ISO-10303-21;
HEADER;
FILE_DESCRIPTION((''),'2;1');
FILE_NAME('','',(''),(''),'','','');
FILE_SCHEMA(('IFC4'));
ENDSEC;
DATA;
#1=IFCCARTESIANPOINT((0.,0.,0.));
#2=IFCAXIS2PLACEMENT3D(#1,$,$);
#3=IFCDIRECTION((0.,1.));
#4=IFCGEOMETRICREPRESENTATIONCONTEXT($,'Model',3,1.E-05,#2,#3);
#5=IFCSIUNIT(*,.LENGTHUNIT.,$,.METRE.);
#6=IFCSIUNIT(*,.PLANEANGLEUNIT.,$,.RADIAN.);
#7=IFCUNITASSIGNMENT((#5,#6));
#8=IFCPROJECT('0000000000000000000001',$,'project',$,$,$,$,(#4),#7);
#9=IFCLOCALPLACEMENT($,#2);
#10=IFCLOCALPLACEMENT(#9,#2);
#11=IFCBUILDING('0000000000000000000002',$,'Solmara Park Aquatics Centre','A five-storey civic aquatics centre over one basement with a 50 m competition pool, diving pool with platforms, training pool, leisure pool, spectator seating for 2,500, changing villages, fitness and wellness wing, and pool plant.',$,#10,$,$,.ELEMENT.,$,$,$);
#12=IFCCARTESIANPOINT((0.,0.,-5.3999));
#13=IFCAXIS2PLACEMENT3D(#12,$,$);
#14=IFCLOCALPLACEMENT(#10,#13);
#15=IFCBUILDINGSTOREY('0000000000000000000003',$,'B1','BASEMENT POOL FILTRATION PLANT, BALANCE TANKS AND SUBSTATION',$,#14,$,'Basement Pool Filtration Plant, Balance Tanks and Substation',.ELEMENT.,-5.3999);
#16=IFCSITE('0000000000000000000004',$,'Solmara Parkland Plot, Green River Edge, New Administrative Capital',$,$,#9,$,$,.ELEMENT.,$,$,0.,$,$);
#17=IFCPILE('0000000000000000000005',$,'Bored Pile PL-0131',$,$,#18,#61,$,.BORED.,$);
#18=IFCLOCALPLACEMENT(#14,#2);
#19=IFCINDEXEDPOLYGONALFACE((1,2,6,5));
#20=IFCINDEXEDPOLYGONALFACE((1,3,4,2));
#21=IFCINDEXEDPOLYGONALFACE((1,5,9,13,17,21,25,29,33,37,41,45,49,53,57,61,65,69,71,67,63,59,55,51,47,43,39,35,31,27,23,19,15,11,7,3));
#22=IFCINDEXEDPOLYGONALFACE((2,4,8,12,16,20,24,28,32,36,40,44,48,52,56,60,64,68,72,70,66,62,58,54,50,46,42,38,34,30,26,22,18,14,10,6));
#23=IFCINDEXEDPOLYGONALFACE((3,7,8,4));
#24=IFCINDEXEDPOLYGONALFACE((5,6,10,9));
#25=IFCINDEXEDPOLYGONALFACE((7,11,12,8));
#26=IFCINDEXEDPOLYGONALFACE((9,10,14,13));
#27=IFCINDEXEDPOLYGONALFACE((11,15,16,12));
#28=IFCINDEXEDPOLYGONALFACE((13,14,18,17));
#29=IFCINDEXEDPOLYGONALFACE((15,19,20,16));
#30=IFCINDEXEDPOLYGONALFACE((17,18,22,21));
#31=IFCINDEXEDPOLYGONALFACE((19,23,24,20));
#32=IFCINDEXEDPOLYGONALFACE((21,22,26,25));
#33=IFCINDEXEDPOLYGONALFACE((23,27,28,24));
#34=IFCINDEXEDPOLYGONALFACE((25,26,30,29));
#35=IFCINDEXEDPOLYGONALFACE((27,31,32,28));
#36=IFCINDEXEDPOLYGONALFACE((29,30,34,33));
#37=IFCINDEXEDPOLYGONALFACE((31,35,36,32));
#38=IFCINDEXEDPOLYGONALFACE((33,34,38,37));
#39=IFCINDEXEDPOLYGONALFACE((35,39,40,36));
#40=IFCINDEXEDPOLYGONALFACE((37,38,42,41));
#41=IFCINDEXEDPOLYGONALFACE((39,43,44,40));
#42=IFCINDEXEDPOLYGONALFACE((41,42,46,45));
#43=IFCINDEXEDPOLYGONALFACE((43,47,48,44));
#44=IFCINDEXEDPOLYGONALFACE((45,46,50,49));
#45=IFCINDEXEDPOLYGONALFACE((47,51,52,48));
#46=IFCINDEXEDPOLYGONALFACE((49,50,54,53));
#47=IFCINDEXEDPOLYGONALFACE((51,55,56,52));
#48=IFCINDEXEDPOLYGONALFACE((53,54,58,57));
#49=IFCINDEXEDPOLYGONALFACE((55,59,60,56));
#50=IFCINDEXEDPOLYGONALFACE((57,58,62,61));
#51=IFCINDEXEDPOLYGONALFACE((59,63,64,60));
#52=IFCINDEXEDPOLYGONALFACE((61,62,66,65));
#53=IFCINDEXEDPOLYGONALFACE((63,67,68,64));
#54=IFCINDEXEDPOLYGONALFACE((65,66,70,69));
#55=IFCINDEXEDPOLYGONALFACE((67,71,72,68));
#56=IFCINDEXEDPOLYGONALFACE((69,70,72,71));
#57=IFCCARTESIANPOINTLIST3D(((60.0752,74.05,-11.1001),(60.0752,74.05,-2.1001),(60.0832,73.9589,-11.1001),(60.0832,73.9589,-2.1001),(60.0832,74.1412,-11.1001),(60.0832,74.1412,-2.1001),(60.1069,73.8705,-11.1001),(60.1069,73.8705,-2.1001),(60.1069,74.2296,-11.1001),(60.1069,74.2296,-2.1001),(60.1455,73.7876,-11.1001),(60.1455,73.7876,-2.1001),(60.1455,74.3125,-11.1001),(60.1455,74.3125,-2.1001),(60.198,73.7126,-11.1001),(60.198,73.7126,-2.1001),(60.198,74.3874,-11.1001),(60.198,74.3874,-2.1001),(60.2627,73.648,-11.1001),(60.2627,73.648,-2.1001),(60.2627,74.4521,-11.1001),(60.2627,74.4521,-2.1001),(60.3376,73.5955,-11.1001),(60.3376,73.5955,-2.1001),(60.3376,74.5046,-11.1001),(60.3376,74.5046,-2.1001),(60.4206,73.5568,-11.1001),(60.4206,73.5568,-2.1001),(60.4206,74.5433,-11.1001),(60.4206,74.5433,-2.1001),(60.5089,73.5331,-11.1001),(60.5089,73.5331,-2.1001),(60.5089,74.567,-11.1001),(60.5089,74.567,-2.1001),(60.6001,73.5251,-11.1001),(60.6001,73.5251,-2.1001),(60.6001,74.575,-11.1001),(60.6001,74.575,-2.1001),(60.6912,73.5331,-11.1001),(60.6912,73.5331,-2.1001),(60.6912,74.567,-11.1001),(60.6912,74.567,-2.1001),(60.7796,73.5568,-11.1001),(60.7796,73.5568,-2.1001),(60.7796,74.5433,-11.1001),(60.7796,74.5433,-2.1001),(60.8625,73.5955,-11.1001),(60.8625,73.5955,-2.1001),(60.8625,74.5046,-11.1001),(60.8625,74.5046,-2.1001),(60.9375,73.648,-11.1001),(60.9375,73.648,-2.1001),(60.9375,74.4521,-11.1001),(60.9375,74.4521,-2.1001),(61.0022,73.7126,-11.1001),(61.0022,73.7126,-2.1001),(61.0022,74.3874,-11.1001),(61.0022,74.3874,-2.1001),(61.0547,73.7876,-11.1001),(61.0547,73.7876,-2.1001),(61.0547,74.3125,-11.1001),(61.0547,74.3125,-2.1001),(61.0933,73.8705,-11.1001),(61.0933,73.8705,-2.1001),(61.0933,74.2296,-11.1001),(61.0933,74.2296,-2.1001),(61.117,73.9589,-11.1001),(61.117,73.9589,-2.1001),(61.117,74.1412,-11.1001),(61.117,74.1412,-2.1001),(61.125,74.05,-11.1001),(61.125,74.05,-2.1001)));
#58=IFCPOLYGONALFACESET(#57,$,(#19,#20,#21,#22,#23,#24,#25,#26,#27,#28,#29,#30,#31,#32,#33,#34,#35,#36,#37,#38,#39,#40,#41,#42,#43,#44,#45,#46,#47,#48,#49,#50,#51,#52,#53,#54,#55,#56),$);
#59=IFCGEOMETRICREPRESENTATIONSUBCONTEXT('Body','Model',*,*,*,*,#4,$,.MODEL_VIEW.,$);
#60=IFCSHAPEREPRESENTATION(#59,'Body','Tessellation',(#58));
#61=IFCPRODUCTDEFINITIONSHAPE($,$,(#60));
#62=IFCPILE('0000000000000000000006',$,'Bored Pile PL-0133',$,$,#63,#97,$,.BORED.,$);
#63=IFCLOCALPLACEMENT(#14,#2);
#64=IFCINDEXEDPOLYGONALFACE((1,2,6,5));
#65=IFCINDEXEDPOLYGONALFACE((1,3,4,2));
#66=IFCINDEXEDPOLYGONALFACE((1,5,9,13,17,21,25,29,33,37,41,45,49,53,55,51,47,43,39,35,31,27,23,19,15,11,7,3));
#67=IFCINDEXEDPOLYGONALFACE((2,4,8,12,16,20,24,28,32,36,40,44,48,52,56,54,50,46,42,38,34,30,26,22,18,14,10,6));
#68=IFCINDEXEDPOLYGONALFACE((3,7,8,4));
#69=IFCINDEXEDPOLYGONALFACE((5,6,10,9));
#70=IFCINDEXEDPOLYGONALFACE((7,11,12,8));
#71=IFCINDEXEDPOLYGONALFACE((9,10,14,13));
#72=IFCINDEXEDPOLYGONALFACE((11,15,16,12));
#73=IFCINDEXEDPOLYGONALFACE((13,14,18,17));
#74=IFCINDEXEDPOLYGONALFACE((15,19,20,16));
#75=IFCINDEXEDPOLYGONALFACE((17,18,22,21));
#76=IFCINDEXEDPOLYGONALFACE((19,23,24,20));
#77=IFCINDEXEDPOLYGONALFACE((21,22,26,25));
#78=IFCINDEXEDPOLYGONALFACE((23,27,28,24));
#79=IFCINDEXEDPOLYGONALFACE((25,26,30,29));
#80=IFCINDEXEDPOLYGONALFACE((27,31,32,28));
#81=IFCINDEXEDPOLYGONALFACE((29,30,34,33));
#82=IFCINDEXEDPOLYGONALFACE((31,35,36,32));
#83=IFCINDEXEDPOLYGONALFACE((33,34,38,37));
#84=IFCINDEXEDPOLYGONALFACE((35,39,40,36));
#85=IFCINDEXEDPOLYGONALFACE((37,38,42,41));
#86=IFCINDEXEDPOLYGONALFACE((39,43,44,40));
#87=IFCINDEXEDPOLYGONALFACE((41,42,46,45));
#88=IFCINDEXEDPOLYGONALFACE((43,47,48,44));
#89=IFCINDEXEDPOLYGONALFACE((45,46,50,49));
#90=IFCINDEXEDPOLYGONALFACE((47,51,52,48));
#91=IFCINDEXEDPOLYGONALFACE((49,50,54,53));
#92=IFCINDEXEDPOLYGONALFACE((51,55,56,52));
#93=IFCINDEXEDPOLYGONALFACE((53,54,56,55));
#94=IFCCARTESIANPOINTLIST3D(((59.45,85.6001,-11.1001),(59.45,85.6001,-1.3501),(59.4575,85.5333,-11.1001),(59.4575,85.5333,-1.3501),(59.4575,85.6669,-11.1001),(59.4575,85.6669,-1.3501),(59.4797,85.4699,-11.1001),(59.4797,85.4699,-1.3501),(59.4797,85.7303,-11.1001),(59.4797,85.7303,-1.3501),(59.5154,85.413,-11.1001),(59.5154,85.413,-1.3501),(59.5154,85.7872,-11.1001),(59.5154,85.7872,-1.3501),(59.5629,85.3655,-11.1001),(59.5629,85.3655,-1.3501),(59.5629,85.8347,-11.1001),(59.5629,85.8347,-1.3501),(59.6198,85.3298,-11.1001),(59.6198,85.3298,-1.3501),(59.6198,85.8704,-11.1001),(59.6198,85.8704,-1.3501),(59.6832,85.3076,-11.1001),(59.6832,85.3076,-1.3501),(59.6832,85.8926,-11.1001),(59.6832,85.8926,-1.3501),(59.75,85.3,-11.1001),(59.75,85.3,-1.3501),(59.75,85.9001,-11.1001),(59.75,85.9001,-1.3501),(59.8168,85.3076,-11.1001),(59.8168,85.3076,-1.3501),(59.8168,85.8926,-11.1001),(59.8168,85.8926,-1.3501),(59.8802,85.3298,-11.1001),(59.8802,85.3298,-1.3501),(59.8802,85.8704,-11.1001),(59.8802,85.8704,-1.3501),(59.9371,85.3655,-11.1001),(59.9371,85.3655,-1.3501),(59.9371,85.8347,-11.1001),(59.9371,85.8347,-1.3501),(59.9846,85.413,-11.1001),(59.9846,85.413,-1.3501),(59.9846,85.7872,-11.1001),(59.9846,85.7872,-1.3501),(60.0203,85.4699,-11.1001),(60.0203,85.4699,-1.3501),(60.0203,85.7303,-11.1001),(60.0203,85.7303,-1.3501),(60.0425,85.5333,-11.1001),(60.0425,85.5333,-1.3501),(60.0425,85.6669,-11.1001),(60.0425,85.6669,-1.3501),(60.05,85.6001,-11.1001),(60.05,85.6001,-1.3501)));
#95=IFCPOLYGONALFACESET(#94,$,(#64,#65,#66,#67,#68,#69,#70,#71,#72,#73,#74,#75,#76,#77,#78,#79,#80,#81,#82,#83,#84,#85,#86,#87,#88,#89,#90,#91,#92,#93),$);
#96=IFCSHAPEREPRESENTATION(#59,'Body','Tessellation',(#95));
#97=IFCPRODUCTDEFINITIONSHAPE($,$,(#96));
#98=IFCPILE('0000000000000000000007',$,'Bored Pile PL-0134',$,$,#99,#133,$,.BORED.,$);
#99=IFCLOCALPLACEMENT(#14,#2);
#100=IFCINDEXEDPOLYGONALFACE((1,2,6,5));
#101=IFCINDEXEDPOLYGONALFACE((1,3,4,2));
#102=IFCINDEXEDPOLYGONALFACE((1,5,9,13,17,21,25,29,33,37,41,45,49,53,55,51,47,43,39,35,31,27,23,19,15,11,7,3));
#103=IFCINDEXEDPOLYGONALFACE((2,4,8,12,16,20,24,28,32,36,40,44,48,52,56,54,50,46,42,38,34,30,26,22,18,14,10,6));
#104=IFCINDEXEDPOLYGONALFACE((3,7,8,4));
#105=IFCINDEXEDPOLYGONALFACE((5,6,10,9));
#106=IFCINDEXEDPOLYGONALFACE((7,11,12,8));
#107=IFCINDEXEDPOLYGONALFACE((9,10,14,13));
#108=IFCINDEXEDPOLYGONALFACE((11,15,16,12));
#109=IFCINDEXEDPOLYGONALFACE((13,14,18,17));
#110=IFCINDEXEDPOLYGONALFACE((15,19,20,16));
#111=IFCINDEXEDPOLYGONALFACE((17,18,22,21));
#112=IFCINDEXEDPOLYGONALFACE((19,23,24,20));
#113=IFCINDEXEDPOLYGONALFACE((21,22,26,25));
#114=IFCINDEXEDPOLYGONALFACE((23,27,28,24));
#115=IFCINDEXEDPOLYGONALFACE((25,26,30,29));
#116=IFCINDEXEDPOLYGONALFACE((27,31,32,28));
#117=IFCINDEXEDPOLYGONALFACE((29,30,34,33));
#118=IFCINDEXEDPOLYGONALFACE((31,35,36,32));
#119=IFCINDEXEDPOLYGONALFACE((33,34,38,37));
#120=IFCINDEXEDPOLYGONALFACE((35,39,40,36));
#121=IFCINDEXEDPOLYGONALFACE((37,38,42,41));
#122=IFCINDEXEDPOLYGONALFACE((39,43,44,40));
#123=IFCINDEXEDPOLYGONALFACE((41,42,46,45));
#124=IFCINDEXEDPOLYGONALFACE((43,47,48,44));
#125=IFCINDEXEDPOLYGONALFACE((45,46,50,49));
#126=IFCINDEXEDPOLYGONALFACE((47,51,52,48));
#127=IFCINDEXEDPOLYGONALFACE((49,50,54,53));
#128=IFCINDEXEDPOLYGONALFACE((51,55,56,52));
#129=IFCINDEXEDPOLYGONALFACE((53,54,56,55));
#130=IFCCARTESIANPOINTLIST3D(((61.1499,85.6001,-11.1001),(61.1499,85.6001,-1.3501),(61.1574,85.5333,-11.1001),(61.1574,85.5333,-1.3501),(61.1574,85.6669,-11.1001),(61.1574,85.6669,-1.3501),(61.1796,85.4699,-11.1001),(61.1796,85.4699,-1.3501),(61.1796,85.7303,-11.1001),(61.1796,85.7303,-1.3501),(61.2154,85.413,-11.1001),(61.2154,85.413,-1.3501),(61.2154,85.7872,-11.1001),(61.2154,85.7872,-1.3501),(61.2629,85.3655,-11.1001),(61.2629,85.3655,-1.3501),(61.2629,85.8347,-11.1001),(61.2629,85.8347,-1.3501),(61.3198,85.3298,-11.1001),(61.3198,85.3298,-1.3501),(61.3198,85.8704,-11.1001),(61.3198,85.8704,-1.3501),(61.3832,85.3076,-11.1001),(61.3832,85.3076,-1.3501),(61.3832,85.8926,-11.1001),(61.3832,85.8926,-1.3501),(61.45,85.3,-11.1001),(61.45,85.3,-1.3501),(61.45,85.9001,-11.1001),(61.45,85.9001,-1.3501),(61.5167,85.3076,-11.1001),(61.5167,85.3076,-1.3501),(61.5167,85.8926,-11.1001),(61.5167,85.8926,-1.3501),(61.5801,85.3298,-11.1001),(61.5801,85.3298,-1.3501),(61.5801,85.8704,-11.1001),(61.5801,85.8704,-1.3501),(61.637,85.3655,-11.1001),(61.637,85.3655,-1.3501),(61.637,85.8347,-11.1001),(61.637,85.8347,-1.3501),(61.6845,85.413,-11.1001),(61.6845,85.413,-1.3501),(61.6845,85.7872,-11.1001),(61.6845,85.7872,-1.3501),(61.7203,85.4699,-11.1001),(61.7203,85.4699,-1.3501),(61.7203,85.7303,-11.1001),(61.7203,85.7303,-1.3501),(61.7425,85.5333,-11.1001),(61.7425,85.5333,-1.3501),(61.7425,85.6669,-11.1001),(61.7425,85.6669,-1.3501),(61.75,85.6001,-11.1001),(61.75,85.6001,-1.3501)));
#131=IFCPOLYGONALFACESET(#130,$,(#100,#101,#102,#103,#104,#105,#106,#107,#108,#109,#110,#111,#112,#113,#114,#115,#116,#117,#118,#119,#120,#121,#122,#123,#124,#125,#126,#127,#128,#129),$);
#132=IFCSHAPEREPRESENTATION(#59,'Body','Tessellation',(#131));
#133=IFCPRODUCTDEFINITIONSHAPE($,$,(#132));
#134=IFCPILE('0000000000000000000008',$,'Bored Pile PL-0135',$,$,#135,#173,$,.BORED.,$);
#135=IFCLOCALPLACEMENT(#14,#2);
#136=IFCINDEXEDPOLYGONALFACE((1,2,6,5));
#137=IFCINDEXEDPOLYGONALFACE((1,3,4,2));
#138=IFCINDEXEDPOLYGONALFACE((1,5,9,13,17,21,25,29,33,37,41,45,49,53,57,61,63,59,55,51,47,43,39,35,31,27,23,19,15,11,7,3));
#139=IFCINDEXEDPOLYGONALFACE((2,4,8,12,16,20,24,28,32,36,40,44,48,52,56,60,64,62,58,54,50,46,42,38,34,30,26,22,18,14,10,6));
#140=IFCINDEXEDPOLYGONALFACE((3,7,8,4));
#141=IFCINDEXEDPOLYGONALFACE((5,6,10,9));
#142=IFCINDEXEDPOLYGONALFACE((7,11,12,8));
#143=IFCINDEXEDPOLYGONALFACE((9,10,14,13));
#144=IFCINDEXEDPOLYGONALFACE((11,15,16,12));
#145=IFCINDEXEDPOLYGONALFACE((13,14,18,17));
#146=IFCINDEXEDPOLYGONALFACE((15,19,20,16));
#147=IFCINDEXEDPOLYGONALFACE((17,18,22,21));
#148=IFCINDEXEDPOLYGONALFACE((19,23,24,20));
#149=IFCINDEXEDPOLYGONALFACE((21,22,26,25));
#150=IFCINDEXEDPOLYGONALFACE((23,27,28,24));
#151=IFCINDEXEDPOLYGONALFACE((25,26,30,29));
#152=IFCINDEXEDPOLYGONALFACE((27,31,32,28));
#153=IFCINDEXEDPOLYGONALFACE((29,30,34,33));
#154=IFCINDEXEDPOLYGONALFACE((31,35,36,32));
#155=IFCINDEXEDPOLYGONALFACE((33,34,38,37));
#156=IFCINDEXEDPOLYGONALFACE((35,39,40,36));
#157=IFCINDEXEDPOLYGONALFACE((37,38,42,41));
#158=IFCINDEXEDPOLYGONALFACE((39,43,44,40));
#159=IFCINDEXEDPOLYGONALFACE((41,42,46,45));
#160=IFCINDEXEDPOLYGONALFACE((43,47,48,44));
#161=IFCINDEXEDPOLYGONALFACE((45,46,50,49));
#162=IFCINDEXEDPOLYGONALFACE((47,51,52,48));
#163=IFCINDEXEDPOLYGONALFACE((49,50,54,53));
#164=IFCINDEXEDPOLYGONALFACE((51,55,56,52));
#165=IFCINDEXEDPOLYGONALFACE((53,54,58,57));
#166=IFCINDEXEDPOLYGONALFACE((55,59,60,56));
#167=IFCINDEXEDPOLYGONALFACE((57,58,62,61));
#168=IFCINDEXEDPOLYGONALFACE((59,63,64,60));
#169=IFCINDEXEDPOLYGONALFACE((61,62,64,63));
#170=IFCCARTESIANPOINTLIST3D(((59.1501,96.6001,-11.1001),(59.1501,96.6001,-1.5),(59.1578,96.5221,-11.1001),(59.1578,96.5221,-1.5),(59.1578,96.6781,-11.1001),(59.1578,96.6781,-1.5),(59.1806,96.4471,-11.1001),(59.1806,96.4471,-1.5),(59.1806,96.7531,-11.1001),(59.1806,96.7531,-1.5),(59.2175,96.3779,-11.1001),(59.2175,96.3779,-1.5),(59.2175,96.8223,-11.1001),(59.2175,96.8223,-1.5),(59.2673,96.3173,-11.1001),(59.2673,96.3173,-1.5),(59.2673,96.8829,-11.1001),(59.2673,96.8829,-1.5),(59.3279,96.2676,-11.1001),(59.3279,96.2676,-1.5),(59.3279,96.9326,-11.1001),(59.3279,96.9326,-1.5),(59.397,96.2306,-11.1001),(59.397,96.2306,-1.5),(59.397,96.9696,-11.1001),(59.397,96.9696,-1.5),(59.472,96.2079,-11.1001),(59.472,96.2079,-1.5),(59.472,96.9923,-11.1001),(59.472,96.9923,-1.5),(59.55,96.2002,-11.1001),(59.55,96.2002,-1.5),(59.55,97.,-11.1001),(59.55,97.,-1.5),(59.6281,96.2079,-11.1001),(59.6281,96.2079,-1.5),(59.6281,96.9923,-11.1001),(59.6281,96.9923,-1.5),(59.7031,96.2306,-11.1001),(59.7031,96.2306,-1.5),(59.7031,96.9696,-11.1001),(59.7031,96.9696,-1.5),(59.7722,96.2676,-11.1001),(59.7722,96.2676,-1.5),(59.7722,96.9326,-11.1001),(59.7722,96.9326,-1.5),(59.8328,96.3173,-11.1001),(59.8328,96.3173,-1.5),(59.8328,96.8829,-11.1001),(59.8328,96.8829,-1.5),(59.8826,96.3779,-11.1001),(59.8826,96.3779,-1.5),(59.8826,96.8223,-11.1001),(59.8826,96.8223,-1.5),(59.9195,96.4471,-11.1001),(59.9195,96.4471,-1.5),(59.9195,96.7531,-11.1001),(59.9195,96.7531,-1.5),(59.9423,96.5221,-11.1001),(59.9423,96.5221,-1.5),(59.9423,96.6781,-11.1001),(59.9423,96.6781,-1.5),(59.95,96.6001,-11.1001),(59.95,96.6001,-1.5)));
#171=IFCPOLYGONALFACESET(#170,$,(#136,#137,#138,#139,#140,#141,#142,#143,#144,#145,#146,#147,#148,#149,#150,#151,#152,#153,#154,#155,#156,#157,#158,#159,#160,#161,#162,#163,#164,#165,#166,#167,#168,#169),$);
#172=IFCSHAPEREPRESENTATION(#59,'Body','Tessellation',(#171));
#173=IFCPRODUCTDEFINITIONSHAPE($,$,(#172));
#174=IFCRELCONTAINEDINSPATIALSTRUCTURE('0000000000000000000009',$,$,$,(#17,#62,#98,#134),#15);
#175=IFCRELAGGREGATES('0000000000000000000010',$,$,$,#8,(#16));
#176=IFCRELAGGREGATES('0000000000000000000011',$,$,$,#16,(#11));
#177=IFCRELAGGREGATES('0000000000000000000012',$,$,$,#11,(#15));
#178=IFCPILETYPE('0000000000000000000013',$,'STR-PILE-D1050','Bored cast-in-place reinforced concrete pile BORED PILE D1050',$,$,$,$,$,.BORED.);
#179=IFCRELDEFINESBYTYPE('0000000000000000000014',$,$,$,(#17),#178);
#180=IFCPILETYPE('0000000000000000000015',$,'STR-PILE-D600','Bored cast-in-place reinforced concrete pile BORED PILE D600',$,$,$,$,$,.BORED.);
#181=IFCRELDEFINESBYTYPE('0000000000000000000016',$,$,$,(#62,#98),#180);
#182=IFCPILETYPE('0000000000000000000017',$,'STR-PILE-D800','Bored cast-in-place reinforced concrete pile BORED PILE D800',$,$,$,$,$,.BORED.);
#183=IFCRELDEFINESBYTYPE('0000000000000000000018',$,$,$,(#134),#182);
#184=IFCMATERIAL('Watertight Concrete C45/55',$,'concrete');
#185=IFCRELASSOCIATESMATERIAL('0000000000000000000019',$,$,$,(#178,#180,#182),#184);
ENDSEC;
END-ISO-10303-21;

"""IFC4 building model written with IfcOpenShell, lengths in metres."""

from ifc_helpers import new_model, si_unit, direction, frame, origin, origin_2d, place, context, subcontext, project, spatial, circle, extrude, material, material_profile, profile_set, type_object, element, save


model = new_model("IFC4")

# Units and contexts
model_context = context("Model", 3, precision=1e-05, world=origin(), true_north=direction((0.0, 1.0)))
body_context = subcontext(model_context, "Body", "Model", "MODEL_VIEW")
ifc_project = project(units=[si_unit("LENGTHUNIT", "METRE"), si_unit("PLANEANGLEUNIT", "RADIAN")], contexts=[model_context])

# Site, building, storey
site_placement = place(None, origin())
site = spatial("IfcSite", under=ifc_project, at=site_placement, Name="Solmara Parkland Plot, Green River Edge, New Administrative Capital", CompositionType="ELEMENT", RefElevation=0.0)
building_placement = place(site_placement, origin())
building = spatial("IfcBuilding", under=site, at=building_placement, Name="Solmara Park Aquatics Centre", Description="A five-storey civic aquatics centre over one basement with a 50 m competition pool, diving pool with platforms, training pool, leisure pool, spectator seating for 2,500, changing villages, fitness and wellness wing, and pool plant.", CompositionType="ELEMENT")
storey_placement = place(building_placement, frame((0.0, 0.0, -5.3999)))
storey = spatial("IfcBuildingStorey", under=building, at=storey_placement, Name="B1", Description="BASEMENT POOL FILTRATION PLANT, BALANCE TANKS AND SUBSTATION", LongName="Basement Pool Filtration Plant, Balance Tanks and Substation", CompositionType="ELEMENT", Elevation=-5.3999)

# Shared definitions
ifc_material_1 = material(Name="Watertight Concrete C45/55", Category="concrete")

# Piles
ifc_material_profile_1 = material_profile(ifc_material_1, circle(Radius=0.5249, at=origin_2d()), Name="BORED PILE D1050")
ifc_profile_set_1 = profile_set([ifc_material_profile_1], Name="Watertight Concrete C45/55")
pile_type_1 = type_object("IfcPileType", Name="STR-PILE-D1050", Description="Bored cast-in-place reinforced concrete pile BORED PILE D1050", PredefinedType="BORED", material=ifc_profile_set_1)
for number, where, z_axis, x_axis, name in (
    (1, (60.6001, 74.05, -2.1001), (0.0, 0.0, -1.0), (1.0, 0.0, 0.0), "Bored Pile PL-0131"),
):
    element("IfcPile", number, at=place(storey_placement, frame(where, z_axis=z_axis, x_axis=x_axis)), inside=storey, type_object=pile_type_1, Name=name, PredefinedType="BORED", context=body_context, shape_type="SweptSolid", body=[
        extrude(circle(Radius=0.5249, at=origin_2d()), origin(), (0.0, 0.0, 1.0), 9.0),
    ])
ifc_material_profile_2 = material_profile(ifc_material_1, circle(Radius=0.3, at=origin_2d()), Name="BORED PILE D600")
ifc_profile_set_2 = profile_set([ifc_material_profile_2], Name="Watertight Concrete C45/55")
pile_type_2 = type_object("IfcPileType", Name="STR-PILE-D600", Description="Bored cast-in-place reinforced concrete pile BORED PILE D600", PredefinedType="BORED", material=ifc_profile_set_2)
for number, where, z_axis, x_axis, name in (
    (2, (59.75, 85.6001, -1.3501), (0.0, 0.0, -1.0), (1.0, 0.0, 0.0), "Bored Pile PL-0133"),
    (3, (61.45, 85.6001, -1.3501), (0.0, 0.0, -1.0), (1.0, 0.0, 0.0), "Bored Pile PL-0134"),
):
    element("IfcPile", number, at=place(storey_placement, frame(where, z_axis=z_axis, x_axis=x_axis)), inside=storey, type_object=pile_type_2, Name=name, PredefinedType="BORED", context=body_context, shape_type="SweptSolid", body=[
        extrude(circle(Radius=0.3, at=origin_2d()), origin(), (0.0, 0.0, 1.0), 9.75),
    ])
ifc_material_profile_3 = material_profile(ifc_material_1, circle(Radius=0.3999, at=origin_2d()), Name="BORED PILE D800")
ifc_profile_set_3 = profile_set([ifc_material_profile_3], Name="Watertight Concrete C45/55")
pile_type_3 = type_object("IfcPileType", Name="STR-PILE-D800", Description="Bored cast-in-place reinforced concrete pile BORED PILE D800", PredefinedType="BORED", material=ifc_profile_set_3)
pile_1_placement = place(storey_placement, frame((59.55, 96.6001, -1.5), z_axis=(0.0, 0.0, -1.0), x_axis=(1.0, 0.0, 0.0)))
element("IfcPile", 4, at=pile_1_placement, inside=storey, type_object=pile_type_3, Name="Bored Pile PL-0135", PredefinedType="BORED", context=body_context, shape_type="SweptSolid", body=[
    extrude(circle(Radius=0.3999, at=origin_2d()), origin(), (0.0, 0.0, 1.0), 9.6001),
])

save(model, "model.ifc")
